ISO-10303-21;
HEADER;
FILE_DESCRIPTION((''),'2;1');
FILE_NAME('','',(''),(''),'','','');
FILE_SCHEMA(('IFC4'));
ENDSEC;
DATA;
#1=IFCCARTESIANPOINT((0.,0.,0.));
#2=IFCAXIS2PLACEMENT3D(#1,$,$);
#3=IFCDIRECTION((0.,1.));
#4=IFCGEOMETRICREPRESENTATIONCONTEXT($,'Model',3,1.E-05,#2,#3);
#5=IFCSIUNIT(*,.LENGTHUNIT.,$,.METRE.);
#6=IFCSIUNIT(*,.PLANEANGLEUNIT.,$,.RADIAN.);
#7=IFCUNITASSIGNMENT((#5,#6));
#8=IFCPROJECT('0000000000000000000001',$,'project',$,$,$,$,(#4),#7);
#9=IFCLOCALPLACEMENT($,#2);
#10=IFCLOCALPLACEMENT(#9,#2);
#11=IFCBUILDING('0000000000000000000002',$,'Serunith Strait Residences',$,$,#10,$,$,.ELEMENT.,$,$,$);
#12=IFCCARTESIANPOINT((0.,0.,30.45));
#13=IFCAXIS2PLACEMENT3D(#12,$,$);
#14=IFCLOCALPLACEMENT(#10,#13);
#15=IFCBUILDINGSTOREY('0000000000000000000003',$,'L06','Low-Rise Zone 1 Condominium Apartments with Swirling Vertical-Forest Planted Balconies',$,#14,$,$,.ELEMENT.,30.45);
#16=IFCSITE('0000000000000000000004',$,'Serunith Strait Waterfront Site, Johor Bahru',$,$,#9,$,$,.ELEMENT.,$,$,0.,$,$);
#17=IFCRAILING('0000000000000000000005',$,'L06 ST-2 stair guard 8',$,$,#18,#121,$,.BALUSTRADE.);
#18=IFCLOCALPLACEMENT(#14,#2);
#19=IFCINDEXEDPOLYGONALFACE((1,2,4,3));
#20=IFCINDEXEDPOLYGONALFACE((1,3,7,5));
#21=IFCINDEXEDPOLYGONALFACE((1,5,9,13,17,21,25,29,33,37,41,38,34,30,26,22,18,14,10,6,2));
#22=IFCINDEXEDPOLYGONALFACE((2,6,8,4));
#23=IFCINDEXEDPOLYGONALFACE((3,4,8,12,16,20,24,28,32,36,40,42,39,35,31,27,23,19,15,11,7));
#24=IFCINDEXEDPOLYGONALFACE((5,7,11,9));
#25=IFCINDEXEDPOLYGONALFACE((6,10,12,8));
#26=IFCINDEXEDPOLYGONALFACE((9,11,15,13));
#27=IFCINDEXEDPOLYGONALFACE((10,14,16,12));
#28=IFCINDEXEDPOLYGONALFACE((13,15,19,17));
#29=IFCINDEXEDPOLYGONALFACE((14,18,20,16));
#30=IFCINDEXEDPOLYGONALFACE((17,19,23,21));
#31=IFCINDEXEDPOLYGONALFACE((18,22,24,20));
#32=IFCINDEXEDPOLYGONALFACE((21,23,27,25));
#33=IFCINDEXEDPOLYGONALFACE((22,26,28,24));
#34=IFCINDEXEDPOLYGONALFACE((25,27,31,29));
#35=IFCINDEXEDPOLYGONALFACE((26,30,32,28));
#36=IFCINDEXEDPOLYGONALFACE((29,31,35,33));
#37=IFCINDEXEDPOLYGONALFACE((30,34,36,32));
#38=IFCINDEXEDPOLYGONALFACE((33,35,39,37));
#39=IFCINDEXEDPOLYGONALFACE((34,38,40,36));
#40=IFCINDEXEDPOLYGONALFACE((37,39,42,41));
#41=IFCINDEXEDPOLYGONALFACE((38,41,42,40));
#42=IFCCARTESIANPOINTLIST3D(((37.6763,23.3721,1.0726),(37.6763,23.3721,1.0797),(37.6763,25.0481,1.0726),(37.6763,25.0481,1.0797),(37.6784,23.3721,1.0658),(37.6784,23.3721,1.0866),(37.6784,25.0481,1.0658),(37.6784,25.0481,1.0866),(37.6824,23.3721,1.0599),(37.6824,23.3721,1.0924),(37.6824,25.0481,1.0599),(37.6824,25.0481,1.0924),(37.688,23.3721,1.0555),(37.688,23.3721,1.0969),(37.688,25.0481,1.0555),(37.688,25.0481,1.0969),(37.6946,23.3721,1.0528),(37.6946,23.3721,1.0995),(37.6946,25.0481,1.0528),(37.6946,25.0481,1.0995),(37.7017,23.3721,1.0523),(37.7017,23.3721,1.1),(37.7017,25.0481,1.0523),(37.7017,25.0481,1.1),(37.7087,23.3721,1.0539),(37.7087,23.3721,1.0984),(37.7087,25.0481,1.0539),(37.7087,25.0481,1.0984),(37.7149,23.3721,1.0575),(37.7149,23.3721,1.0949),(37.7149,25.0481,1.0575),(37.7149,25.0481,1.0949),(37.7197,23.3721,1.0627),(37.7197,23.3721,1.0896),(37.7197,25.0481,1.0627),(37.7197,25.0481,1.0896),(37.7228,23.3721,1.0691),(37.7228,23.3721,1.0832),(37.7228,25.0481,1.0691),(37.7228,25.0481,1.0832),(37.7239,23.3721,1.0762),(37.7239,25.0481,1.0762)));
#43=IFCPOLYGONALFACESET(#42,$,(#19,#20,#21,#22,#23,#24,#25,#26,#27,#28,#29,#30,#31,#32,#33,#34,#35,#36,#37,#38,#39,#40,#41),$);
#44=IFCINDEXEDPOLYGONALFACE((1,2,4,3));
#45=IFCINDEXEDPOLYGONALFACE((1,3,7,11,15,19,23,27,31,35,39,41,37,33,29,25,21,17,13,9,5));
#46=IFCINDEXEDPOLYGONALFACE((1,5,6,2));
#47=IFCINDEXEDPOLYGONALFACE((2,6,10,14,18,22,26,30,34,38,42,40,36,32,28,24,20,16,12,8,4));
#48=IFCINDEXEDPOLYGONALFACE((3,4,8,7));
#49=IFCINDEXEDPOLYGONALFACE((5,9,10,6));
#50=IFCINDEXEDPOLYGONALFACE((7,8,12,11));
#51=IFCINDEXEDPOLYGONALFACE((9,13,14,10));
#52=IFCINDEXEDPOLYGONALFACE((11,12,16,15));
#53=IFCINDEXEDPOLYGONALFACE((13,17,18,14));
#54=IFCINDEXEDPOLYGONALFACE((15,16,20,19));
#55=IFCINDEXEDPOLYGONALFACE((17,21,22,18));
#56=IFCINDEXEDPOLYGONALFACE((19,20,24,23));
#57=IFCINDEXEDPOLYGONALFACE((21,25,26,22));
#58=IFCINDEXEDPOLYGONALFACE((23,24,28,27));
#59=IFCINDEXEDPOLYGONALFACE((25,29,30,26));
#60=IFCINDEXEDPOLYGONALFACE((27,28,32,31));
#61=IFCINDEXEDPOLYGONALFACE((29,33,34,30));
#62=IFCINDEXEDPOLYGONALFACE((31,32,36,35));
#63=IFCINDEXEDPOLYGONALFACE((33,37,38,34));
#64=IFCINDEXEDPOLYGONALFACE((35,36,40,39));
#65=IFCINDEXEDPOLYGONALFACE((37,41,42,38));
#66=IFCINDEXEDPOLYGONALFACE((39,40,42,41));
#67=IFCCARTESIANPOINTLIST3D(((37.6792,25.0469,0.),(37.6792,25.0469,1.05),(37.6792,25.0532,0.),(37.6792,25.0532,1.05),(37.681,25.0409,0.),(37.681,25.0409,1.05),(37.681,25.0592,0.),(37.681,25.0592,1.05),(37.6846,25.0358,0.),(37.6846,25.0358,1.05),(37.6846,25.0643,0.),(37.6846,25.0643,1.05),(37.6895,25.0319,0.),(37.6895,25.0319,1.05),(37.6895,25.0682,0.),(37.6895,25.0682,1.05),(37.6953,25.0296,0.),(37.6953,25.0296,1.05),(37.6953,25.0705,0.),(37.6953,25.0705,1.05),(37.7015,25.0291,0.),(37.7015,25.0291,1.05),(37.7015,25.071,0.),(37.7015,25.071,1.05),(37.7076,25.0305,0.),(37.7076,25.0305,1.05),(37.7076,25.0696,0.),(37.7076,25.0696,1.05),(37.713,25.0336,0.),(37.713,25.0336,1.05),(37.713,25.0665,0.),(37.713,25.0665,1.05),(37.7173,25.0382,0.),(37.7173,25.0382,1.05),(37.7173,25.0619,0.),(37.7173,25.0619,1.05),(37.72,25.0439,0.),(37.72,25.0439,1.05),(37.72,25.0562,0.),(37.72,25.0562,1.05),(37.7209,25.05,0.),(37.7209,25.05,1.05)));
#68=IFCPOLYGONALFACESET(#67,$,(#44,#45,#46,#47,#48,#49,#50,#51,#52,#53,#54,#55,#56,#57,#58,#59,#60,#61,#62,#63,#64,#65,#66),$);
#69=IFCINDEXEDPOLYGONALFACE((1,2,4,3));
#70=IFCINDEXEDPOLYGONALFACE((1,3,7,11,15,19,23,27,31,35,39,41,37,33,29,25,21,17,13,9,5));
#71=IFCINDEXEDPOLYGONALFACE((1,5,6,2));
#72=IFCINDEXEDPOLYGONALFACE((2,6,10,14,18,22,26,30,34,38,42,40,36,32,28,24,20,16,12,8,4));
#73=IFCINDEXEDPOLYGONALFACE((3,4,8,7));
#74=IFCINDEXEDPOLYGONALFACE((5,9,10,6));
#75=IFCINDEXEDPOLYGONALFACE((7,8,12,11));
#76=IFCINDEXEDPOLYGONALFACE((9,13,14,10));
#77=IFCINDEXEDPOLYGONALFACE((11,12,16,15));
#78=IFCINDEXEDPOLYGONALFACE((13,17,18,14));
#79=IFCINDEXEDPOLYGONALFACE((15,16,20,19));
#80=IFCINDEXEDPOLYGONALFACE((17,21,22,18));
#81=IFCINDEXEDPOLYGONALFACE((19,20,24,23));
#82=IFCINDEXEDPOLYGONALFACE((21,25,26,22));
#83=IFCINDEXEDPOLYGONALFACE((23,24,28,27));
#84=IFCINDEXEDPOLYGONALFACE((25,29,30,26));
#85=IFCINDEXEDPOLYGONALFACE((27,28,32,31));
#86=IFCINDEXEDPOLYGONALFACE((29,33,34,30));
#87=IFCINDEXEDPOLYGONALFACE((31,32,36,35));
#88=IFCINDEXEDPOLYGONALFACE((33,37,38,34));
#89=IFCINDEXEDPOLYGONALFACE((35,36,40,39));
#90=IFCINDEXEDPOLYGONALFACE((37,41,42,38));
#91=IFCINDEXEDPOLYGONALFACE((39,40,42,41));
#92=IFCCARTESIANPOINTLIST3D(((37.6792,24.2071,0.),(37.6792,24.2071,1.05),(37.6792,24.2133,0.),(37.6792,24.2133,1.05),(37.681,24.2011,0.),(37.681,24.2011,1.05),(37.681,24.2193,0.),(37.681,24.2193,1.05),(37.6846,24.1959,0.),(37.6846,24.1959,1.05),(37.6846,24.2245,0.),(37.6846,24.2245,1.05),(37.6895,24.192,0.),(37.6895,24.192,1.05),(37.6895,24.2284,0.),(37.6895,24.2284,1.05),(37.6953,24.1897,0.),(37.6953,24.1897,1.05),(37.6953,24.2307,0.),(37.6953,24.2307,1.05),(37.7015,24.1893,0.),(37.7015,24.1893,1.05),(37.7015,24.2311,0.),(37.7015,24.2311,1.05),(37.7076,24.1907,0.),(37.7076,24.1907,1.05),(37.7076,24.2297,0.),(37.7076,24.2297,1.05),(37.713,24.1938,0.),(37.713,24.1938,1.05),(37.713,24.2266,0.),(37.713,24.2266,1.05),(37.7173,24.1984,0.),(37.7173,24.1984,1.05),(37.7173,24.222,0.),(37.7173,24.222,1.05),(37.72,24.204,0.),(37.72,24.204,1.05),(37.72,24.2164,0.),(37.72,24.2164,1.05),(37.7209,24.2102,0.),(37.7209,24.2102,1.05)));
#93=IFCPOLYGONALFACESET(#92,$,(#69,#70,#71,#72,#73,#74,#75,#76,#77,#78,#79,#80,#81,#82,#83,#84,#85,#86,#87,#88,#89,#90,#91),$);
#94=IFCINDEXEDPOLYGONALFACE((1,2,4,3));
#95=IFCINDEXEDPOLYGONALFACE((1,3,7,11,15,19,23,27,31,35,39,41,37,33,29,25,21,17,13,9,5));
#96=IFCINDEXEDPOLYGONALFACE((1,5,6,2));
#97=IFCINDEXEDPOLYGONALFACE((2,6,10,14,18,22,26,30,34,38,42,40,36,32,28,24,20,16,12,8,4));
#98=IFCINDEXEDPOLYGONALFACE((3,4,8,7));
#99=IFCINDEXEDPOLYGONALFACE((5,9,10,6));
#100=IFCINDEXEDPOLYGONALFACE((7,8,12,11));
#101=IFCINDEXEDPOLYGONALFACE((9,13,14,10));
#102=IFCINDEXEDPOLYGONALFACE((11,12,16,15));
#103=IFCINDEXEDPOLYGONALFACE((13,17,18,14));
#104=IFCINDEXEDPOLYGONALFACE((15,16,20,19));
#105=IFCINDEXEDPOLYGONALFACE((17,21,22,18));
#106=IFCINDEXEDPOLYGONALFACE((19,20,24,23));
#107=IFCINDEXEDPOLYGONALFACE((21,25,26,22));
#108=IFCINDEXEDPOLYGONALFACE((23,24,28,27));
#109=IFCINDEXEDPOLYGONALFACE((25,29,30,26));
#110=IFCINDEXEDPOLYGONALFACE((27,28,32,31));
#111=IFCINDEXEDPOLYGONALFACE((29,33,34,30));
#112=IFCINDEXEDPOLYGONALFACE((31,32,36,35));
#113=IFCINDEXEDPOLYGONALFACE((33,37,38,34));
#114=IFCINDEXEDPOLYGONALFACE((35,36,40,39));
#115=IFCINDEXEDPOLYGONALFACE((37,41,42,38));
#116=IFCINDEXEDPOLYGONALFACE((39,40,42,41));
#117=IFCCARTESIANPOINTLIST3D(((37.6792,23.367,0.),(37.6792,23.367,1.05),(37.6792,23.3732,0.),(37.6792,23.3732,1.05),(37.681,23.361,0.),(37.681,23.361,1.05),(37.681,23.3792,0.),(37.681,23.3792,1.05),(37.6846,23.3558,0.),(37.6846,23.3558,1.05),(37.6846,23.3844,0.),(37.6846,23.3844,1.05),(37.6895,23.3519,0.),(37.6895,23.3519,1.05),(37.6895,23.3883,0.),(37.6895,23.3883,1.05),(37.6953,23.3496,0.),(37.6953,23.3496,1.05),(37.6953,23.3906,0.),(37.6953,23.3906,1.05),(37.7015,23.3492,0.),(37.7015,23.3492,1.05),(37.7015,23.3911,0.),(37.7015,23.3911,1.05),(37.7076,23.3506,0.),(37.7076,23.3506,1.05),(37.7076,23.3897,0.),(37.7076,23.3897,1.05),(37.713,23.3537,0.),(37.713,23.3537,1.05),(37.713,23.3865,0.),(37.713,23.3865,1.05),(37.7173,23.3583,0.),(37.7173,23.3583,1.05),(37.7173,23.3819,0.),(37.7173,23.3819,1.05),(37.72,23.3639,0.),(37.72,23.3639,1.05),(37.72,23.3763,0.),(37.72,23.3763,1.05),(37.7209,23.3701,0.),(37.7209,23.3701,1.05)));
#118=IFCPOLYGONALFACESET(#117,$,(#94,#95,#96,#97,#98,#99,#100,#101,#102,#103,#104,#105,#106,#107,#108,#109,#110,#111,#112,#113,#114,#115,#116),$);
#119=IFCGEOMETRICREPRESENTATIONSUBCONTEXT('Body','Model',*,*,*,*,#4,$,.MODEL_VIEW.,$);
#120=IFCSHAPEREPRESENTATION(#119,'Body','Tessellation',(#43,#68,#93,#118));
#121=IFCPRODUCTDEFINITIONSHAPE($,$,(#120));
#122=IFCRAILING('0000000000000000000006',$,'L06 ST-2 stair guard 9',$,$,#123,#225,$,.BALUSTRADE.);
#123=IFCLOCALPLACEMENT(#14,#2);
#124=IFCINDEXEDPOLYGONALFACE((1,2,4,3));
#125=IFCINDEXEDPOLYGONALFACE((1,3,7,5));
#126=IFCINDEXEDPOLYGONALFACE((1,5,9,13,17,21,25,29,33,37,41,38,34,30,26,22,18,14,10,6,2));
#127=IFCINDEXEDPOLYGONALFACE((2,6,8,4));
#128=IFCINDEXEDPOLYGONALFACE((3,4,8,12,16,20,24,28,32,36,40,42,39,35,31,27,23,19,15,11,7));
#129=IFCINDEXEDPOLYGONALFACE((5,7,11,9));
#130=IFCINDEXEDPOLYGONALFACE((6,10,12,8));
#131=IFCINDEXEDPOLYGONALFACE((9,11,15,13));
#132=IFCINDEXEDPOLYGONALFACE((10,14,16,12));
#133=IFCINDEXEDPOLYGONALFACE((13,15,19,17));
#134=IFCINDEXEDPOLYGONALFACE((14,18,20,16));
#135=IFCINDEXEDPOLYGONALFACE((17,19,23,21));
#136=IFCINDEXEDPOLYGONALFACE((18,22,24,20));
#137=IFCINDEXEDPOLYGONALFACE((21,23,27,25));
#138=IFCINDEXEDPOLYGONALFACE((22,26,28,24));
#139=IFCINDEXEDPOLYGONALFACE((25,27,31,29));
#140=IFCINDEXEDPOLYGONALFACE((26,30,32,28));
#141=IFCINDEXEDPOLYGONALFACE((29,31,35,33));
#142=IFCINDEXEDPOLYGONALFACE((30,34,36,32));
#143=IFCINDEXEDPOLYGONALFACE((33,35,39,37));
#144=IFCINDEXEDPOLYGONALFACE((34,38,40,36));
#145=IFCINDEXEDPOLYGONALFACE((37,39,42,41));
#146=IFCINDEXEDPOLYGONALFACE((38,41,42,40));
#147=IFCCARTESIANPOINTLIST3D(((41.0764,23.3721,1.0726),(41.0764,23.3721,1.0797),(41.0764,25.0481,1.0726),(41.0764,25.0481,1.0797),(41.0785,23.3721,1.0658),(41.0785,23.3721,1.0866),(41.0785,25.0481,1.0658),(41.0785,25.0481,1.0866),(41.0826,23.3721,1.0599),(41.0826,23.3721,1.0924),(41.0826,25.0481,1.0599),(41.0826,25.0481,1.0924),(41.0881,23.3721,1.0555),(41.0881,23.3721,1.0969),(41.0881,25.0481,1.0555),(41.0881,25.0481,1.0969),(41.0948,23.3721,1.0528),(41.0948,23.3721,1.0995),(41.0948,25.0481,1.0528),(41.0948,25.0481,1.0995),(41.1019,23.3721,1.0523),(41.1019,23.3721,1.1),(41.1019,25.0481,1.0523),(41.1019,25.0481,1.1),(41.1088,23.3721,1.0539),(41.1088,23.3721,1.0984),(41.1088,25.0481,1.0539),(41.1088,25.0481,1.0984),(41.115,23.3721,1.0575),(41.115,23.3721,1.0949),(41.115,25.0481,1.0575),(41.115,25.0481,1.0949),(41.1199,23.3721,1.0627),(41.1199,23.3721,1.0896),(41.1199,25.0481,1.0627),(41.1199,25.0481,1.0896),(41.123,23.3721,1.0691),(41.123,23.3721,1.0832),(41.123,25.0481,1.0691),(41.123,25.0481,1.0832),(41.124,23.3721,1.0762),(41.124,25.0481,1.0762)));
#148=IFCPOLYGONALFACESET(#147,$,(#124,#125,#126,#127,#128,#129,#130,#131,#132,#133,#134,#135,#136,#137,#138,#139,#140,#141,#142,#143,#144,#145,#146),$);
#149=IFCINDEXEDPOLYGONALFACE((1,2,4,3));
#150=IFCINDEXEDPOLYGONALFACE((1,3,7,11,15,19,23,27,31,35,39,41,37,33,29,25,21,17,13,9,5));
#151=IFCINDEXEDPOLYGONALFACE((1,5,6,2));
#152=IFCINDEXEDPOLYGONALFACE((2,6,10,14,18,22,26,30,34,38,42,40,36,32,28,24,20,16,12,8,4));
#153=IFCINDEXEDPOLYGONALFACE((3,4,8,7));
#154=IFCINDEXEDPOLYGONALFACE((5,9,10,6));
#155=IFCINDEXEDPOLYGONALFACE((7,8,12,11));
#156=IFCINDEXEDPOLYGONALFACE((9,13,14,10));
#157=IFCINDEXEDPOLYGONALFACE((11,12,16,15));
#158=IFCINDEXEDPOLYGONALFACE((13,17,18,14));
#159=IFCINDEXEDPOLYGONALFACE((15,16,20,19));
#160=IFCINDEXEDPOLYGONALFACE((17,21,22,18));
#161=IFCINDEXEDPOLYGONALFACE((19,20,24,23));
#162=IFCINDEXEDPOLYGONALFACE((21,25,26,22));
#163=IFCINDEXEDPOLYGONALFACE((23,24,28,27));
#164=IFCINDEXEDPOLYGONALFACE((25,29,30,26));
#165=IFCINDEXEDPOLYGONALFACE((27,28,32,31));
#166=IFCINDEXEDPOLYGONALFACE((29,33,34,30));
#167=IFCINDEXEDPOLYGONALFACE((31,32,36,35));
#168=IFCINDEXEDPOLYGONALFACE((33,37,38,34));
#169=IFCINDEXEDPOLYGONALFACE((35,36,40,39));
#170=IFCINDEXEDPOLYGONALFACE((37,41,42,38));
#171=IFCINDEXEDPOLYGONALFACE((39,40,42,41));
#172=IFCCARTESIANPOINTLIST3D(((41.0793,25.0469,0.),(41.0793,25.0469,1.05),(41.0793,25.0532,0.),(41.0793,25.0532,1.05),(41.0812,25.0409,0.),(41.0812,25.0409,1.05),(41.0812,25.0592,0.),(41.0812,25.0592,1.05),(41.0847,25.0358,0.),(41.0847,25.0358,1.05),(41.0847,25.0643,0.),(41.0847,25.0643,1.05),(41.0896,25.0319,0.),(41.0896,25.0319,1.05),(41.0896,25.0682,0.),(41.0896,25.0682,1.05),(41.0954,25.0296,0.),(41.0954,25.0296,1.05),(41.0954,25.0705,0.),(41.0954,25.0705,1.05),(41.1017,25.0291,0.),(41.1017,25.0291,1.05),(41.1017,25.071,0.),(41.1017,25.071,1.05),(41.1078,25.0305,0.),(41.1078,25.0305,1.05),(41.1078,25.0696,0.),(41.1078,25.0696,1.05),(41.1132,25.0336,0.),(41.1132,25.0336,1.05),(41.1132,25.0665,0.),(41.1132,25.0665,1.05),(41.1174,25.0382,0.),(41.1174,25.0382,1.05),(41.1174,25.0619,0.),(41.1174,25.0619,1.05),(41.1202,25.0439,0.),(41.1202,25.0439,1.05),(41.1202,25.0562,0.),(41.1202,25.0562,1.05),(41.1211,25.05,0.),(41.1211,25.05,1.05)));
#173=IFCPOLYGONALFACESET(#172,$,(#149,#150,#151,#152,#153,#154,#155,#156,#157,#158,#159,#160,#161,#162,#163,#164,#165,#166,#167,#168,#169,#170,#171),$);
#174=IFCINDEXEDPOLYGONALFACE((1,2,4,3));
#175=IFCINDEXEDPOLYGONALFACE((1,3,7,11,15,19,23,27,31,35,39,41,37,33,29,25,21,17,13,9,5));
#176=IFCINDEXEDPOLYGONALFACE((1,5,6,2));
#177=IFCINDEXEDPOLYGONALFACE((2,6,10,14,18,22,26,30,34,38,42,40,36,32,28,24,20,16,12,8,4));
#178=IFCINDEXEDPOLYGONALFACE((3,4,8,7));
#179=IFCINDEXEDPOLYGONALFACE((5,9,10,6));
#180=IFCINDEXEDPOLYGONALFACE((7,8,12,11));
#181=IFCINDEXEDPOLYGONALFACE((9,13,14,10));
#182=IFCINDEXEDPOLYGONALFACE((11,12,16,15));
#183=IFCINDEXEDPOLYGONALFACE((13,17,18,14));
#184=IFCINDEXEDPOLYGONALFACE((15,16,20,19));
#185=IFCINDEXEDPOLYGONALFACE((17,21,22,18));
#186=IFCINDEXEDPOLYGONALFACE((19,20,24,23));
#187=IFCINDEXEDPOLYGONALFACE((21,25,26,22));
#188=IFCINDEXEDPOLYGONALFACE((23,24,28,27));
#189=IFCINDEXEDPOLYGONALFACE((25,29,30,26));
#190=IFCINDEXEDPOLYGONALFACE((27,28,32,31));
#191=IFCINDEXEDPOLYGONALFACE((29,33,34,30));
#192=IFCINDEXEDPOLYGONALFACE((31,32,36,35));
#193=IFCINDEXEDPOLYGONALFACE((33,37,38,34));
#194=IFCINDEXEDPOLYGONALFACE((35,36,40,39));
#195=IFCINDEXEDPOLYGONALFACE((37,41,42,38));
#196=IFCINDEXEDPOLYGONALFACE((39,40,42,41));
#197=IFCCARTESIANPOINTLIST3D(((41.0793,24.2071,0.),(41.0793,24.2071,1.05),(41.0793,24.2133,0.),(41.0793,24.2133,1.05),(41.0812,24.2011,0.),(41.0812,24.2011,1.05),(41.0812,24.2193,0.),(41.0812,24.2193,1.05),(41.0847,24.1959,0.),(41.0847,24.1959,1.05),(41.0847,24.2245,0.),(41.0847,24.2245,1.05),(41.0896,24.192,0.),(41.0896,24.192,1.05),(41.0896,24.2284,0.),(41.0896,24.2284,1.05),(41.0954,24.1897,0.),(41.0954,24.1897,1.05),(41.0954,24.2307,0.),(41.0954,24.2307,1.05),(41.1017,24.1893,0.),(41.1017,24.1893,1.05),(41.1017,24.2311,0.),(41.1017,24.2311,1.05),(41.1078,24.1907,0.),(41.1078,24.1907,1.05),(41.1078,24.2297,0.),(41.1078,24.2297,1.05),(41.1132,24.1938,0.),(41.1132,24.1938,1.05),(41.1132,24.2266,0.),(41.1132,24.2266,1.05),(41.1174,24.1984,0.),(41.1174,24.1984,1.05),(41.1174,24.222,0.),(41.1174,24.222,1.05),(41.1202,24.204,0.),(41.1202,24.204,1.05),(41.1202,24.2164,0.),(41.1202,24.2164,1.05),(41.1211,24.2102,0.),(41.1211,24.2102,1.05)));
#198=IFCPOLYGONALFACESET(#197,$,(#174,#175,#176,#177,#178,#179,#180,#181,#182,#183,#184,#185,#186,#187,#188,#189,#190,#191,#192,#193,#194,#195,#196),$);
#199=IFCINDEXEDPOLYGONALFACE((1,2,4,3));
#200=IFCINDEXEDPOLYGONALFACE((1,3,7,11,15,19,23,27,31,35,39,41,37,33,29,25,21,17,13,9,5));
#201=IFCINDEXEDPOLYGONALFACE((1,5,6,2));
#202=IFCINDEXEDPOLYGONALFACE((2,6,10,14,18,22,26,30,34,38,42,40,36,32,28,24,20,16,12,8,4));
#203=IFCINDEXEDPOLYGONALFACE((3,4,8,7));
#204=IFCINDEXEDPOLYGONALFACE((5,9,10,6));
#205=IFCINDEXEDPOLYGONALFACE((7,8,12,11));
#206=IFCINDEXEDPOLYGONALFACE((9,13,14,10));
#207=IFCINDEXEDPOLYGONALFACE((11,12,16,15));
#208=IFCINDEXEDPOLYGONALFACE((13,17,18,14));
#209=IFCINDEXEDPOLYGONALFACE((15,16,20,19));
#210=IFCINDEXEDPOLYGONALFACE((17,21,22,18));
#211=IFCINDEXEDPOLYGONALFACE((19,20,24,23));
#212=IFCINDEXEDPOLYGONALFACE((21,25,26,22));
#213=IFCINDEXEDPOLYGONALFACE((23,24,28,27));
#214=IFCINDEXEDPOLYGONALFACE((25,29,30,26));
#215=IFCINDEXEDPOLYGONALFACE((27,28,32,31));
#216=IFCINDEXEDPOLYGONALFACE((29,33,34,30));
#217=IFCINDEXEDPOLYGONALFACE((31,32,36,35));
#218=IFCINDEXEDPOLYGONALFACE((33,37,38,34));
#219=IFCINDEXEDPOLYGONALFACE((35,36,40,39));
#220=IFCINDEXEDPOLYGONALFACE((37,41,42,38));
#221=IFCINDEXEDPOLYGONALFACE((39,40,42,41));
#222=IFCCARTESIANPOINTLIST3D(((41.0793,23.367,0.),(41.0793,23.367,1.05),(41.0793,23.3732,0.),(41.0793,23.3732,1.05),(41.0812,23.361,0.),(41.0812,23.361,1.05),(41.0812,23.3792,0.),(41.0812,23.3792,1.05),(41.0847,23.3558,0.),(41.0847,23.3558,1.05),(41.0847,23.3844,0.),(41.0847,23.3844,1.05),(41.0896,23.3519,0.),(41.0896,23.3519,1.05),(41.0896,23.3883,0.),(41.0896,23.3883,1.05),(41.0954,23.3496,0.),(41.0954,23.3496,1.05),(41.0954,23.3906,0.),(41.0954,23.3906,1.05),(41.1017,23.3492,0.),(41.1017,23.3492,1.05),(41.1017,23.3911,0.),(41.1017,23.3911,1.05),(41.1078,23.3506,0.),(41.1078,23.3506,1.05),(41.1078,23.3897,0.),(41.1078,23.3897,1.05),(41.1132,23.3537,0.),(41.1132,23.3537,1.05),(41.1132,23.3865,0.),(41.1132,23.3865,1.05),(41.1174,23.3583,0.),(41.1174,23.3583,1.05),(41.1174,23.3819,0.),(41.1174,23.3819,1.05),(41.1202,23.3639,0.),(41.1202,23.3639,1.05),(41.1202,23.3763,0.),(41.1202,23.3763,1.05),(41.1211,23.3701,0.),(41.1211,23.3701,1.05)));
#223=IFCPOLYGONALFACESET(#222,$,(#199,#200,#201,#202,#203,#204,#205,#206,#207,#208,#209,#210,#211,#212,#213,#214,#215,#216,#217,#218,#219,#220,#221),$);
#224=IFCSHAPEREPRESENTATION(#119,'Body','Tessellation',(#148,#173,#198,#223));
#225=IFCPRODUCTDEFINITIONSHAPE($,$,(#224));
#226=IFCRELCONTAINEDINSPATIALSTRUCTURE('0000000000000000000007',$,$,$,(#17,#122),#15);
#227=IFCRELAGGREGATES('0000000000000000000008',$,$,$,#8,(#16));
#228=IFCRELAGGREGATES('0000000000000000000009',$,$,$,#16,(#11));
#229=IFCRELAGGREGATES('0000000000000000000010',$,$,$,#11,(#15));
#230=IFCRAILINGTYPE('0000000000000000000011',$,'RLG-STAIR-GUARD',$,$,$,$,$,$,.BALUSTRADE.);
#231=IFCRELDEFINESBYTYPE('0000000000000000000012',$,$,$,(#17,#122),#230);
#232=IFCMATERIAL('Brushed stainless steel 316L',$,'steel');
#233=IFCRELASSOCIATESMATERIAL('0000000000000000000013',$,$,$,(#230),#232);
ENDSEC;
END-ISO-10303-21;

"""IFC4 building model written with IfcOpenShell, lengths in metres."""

from ifc_helpers import new_model, si_unit, direction, frame, origin, origin_2d, place, context, subcontext, project, spatial, circle, extrude, material, type_object, element, save


model = new_model("IFC4")

# Units and contexts
model_context = context("Model", 3, precision=1e-05, world=origin(), true_north=direction((0.0, 1.0)))
body_context = subcontext(model_context, "Body", "Model", "MODEL_VIEW")
ifc_project = project(units=[si_unit("LENGTHUNIT", "METRE"), si_unit("PLANEANGLEUNIT", "RADIAN")], contexts=[model_context])

# Site, building, storey
site_placement = place(None, origin())
site = spatial("IfcSite", under=ifc_project, at=site_placement, Name="Serunith Strait Waterfront Site, Johor Bahru", CompositionType="ELEMENT", RefElevation=0.0)
building_placement = place(site_placement, origin())
building = spatial("IfcBuilding", under=site, at=building_placement, Name="Serunith Strait Residences", CompositionType="ELEMENT")
storey_placement = place(building_placement, frame((0.0, 0.0, 30.45)))
storey = spatial("IfcBuildingStorey", under=building, at=storey_placement, Name="L06", Description="Low-Rise Zone 1 Condominium Apartments with Swirling Vertical-Forest Planted Balconies", CompositionType="ELEMENT", Elevation=30.45)

# Railings
ifc_material_1 = material(Name="Brushed stainless steel 316L", Category="steel")
railing_type = type_object("IfcRailingType", Name="RLG-STAIR-GUARD", PredefinedType="BALUSTRADE", material=ifc_material_1)
for number, where, name in (
    (1, (37.7, 25.05, 0.0), "L06 ST-2 stair guard 8"),
    (2, (41.1001, 25.05, 0.0), "L06 ST-2 stair guard 9"),
):
    element("IfcRailing", number, at=place(storey_placement, frame(where)), inside=storey, type_object=railing_type, Name=name, PredefinedType="BALUSTRADE", context=body_context, shape_type="SweptSolid", body=[
        extrude(circle(Radius=0.0239, at=origin_2d()), frame((0.0, -0.002, 1.0762), z_axis=(0.0, -1.0, 0.0), x_axis=(1.0, 0.0, 0.0)), (0.0, 0.0, 1.0), 1.676),
        extrude(circle(Radius=0.021, at=origin_2d()), origin(), (0.0, 0.0, 1.0), 1.05),
        extrude(circle(Radius=0.021, at=origin_2d()), frame((0.0, -0.8398, 0.0)), (0.0, 0.0, 1.0), 1.05),
        extrude(circle(Radius=0.021, at=origin_2d()), frame((0.0, -1.6799, 0.0)), (0.0, 0.0, 1.0), 1.05),
    ])

save(model, "model.ifc")
